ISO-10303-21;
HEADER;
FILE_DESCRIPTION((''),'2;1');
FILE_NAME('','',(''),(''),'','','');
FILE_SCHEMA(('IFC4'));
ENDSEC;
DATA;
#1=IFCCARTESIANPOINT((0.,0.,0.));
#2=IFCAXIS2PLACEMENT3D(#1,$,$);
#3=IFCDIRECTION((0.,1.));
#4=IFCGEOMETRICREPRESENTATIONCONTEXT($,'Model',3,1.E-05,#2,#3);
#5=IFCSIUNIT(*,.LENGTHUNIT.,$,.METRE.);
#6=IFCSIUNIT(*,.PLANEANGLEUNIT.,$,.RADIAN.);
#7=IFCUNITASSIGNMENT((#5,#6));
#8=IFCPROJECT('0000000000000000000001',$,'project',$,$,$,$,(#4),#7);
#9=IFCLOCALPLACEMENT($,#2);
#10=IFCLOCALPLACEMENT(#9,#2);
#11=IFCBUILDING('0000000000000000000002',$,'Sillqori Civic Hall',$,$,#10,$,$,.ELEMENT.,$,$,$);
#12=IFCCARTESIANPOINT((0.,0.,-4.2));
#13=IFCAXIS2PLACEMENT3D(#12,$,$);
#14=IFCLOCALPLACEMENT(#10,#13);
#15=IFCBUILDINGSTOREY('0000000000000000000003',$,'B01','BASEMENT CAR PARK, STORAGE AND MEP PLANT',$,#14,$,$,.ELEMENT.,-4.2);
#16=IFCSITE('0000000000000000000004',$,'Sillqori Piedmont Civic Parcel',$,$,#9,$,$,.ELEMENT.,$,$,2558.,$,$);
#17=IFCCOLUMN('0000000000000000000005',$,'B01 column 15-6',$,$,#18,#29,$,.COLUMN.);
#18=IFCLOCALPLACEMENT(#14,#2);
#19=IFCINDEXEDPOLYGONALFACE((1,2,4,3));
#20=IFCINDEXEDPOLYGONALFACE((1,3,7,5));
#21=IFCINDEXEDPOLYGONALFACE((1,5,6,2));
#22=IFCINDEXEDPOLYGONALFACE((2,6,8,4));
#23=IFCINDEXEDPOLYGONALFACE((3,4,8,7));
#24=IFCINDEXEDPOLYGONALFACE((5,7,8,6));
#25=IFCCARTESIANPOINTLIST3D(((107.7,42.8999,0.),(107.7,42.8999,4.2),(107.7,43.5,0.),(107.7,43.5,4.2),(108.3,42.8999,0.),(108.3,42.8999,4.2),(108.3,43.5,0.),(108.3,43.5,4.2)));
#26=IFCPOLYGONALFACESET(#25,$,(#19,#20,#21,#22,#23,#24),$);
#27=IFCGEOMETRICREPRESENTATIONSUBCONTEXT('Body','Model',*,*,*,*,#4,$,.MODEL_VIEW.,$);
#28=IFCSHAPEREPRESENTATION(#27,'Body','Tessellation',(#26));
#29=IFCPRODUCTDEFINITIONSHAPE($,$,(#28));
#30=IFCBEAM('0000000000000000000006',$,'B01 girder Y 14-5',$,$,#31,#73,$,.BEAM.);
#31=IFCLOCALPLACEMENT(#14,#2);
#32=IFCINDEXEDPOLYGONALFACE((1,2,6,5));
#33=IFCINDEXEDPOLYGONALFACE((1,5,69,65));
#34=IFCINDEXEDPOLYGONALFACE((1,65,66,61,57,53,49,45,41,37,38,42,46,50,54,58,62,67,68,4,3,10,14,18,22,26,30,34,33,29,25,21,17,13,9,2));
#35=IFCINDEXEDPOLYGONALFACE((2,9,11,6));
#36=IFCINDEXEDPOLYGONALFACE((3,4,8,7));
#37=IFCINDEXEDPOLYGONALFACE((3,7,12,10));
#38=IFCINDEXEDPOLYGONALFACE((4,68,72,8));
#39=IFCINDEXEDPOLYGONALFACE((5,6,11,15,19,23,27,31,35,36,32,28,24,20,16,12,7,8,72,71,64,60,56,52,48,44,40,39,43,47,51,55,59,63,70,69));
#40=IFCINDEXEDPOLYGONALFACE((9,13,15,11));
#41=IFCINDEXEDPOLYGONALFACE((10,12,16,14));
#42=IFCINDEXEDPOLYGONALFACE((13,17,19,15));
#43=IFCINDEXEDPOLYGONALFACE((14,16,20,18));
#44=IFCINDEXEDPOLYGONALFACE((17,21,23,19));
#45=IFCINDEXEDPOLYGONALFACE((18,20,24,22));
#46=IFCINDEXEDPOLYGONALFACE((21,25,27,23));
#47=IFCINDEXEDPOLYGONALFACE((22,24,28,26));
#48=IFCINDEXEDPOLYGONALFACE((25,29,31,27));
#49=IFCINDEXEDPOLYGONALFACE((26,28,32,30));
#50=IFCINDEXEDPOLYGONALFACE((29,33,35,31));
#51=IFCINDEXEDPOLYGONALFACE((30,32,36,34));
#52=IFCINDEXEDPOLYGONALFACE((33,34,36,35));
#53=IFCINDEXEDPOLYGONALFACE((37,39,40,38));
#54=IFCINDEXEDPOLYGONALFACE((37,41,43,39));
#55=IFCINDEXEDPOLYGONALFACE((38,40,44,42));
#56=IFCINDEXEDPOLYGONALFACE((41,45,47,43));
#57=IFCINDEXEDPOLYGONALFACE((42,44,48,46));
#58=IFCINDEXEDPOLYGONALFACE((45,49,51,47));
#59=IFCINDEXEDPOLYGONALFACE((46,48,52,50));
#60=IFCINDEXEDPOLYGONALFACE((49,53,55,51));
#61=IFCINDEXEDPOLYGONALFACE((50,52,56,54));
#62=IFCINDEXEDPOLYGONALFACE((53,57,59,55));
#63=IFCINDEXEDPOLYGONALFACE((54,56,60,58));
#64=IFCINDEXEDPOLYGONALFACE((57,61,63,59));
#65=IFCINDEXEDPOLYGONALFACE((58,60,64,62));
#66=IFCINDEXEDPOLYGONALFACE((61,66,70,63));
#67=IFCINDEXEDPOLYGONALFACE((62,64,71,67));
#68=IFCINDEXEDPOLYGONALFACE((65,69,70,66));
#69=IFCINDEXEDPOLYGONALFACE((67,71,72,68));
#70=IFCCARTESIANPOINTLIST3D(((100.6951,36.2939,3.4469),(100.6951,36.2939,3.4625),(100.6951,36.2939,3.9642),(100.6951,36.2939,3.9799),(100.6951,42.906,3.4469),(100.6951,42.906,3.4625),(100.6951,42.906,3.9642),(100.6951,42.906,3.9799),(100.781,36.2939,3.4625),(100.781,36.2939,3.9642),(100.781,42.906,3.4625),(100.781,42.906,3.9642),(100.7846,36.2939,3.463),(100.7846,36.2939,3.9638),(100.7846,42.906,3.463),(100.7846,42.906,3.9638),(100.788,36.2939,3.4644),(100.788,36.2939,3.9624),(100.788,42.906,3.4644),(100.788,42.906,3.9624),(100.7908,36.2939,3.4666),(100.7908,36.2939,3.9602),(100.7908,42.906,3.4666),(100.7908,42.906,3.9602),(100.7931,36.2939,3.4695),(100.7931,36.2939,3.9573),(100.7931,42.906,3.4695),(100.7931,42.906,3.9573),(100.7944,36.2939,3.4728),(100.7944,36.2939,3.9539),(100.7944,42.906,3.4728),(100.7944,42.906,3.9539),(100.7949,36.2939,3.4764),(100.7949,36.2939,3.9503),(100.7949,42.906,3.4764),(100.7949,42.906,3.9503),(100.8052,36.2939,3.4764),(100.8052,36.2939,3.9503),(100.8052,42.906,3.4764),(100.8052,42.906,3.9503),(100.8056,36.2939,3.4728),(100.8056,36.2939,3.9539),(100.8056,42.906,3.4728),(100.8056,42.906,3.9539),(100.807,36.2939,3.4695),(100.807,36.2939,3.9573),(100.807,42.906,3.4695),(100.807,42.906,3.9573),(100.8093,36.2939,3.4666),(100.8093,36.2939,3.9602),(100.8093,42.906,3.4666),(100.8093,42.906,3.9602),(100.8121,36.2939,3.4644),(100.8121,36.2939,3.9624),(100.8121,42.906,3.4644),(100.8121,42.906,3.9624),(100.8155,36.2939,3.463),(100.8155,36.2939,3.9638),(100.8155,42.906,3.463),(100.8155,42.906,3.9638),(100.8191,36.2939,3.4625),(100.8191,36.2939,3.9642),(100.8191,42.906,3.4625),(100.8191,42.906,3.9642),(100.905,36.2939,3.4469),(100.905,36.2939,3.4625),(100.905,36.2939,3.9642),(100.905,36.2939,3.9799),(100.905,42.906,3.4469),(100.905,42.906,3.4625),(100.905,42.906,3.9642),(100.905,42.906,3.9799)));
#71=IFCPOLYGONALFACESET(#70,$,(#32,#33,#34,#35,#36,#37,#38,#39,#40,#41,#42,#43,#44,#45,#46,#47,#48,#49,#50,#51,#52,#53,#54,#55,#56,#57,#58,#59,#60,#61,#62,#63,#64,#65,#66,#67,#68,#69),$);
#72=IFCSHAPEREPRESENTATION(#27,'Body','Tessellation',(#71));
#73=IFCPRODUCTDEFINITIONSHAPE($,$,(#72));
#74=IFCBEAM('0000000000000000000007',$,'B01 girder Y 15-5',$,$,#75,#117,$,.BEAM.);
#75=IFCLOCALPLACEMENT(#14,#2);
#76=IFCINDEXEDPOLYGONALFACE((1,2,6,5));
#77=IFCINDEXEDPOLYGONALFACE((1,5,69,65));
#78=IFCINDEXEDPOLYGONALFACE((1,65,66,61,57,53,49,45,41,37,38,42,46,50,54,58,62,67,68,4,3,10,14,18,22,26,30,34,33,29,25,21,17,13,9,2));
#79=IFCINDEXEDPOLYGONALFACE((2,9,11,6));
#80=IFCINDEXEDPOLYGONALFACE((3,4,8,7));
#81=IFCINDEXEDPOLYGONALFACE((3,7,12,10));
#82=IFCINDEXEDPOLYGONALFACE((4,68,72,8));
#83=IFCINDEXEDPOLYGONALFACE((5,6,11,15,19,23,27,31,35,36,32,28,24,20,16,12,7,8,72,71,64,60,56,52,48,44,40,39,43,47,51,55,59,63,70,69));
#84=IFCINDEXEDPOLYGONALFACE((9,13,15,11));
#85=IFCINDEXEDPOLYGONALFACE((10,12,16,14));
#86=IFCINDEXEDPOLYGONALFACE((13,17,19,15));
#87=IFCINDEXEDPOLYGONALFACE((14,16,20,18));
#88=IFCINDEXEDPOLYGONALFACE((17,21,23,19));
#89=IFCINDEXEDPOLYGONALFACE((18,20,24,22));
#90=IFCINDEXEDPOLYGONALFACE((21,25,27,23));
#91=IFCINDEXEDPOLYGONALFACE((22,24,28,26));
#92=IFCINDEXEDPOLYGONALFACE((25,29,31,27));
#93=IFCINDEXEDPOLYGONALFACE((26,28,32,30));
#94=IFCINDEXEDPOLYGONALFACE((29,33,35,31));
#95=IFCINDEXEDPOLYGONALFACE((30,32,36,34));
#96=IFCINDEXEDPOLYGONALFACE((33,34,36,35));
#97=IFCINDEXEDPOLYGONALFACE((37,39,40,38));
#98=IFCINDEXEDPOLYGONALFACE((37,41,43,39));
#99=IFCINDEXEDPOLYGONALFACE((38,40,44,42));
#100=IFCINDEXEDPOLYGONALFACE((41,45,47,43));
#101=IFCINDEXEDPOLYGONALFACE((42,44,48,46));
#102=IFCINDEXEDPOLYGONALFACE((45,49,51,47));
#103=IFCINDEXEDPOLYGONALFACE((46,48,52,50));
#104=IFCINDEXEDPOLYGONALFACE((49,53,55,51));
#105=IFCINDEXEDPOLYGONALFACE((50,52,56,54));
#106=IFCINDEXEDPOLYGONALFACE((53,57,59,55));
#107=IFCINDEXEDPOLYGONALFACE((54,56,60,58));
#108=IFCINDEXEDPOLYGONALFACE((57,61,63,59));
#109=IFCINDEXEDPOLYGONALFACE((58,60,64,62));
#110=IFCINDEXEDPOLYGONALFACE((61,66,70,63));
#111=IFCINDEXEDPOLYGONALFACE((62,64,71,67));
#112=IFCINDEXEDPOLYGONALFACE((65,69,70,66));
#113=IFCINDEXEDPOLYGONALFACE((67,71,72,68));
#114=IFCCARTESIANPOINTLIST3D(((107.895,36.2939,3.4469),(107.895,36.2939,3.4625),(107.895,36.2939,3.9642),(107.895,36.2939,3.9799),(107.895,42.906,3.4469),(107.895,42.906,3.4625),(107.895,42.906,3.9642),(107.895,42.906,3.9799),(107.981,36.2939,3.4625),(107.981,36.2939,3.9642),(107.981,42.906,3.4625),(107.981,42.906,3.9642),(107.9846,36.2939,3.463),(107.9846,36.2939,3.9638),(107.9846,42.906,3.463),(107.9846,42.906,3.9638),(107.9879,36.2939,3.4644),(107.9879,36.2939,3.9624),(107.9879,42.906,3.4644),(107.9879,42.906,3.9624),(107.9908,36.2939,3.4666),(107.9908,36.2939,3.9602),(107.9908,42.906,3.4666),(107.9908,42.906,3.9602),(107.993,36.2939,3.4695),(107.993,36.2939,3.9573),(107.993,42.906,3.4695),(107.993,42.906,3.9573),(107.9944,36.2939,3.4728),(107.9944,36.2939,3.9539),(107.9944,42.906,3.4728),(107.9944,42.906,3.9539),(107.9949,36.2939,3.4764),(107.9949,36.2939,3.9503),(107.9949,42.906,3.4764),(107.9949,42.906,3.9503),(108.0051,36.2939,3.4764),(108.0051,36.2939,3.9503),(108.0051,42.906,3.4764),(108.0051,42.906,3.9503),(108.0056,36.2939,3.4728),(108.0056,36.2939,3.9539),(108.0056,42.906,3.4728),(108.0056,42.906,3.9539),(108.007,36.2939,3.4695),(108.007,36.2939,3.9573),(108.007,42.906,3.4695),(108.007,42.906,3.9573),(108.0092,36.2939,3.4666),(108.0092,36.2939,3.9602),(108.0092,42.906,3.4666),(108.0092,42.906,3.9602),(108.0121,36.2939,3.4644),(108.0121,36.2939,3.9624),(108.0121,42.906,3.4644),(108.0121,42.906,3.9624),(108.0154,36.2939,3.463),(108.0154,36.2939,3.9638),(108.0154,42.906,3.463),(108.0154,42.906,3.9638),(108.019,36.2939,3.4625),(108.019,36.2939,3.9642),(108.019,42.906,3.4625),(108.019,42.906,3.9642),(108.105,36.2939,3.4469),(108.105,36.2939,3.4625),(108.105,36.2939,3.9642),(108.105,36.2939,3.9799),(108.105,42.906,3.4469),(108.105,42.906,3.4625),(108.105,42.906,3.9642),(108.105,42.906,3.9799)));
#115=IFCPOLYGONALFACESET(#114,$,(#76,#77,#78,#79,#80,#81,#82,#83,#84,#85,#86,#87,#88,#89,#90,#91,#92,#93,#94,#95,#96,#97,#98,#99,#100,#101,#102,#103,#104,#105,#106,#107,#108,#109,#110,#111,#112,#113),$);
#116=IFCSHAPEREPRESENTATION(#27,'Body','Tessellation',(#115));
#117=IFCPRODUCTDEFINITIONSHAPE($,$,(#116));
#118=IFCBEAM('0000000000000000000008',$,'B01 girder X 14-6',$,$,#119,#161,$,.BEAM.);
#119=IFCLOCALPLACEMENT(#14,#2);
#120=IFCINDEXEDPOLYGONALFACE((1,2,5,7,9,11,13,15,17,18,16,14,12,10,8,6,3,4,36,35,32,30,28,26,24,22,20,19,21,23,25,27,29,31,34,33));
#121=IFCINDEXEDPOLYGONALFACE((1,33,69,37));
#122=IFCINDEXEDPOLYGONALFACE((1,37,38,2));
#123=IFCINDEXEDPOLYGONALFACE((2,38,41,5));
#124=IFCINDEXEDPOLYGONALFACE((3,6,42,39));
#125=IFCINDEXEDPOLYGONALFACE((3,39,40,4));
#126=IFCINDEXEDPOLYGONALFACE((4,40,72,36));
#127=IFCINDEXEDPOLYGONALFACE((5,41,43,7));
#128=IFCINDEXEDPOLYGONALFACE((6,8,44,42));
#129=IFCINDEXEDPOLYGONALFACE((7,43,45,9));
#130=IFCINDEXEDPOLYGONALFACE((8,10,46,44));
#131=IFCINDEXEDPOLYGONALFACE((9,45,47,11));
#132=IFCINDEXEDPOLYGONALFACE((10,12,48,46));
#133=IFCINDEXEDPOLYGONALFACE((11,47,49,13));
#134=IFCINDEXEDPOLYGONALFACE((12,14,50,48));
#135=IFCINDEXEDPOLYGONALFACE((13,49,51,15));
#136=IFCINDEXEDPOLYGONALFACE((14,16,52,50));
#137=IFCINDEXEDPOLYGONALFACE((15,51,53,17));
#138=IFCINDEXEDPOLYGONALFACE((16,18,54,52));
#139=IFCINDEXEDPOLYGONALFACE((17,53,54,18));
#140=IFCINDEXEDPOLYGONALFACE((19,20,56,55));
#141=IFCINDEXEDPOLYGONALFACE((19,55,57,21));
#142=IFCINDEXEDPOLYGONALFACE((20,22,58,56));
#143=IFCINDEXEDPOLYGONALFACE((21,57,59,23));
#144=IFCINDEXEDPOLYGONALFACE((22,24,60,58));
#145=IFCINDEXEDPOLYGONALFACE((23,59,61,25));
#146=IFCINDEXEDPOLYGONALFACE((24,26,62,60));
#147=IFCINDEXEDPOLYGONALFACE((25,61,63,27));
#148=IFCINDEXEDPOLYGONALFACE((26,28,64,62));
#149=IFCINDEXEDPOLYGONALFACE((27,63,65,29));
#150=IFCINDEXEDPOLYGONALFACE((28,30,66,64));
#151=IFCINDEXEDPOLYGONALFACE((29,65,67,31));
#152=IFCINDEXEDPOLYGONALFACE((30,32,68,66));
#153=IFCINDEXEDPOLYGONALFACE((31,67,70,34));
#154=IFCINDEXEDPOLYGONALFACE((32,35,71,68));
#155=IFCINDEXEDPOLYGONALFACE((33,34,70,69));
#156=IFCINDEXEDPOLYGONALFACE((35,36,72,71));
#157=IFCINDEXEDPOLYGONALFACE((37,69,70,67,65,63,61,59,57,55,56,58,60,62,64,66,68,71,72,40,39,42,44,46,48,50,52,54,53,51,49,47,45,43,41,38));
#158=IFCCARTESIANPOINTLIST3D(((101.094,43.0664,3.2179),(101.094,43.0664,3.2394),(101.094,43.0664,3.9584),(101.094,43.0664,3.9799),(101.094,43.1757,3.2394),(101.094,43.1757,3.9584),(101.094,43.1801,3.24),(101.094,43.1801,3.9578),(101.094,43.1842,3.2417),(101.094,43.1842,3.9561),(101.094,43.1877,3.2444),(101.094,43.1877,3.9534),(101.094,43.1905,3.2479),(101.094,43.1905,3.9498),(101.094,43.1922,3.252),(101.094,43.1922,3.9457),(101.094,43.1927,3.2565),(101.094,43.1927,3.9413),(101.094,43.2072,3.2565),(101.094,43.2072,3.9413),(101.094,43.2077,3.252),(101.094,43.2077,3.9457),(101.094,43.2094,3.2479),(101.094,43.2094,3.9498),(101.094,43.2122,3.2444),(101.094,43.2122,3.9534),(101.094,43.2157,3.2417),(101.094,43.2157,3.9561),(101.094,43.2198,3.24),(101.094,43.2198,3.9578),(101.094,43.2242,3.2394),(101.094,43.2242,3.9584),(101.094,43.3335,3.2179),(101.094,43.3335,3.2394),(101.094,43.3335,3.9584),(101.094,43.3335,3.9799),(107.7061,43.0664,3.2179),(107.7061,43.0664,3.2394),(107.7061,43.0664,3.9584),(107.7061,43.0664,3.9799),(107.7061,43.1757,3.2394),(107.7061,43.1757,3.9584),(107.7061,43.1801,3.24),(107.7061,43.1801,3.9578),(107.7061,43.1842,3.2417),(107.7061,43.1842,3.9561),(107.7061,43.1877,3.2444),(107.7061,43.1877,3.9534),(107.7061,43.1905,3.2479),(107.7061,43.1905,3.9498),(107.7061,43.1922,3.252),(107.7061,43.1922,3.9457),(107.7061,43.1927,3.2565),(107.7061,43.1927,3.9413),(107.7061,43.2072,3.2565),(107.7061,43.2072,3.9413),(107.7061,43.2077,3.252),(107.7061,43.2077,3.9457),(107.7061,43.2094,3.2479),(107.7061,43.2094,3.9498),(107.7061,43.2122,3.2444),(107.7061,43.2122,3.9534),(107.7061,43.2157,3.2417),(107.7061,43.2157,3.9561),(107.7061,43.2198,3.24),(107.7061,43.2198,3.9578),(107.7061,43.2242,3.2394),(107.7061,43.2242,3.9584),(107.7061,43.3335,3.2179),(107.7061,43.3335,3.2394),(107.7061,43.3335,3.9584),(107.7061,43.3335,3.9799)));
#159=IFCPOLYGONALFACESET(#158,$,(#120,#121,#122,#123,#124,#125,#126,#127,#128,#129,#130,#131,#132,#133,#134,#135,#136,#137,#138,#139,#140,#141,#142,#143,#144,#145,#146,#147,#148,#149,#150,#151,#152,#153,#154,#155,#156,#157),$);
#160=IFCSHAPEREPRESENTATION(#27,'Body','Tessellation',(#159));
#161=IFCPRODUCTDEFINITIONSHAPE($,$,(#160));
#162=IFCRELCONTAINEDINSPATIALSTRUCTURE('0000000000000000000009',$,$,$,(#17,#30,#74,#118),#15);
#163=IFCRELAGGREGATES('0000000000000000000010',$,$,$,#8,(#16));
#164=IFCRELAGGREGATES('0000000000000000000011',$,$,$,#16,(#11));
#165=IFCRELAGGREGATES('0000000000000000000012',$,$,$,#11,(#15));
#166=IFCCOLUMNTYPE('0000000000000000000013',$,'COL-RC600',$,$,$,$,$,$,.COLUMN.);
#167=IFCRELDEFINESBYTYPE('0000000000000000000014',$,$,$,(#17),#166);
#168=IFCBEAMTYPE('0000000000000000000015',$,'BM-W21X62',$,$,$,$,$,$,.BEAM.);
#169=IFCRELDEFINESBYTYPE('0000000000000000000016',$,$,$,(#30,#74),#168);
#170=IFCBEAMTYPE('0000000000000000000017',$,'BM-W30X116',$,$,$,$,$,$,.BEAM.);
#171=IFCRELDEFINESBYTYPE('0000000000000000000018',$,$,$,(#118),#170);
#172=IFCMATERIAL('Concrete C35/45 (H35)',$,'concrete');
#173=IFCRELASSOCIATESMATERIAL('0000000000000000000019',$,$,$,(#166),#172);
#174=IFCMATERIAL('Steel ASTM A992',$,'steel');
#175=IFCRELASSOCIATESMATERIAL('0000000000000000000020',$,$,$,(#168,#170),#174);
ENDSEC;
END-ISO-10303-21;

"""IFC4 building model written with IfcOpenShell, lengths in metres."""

from ifc_helpers import new_model, si_unit, direction, frame, origin, origin_2d, place, context, subcontext, project, spatial, rectangle, i_section, extrude, material, material_profile, profile_set, type_object, element, save


model = new_model("IFC4")

# Units and contexts
model_context = context("Model", 3, precision=1e-05, world=origin(), true_north=direction((0.0, 1.0)))
body_context = subcontext(model_context, "Body", "Model", "MODEL_VIEW")
ifc_project = project(units=[si_unit("LENGTHUNIT", "METRE"), si_unit("PLANEANGLEUNIT", "RADIAN")], contexts=[model_context])

# Site, building, storey
site_placement = place(None, origin())
site = spatial("IfcSite", under=ifc_project, at=site_placement, Name="Sillqori Piedmont Civic Parcel", CompositionType="ELEMENT", RefElevation=2558.0)
building_placement = place(site_placement, origin())
building = spatial("IfcBuilding", under=site, at=building_placement, Name="Sillqori Civic Hall", CompositionType="ELEMENT")
storey_placement = place(building_placement, frame((0.0, 0.0, -4.2)))
storey = spatial("IfcBuildingStorey", under=building, at=storey_placement, Name="B01", Description="BASEMENT CAR PARK, STORAGE AND MEP PLANT", CompositionType="ELEMENT", Elevation=-4.2)

# Shared definitions
ifc_material_1 = material(Name="Concrete C35/45 (H35)", Category="concrete")

# Column
ifc_material_profile_1 = material_profile(ifc_material_1, rectangle(XDim=0.6001, YDim=0.6001, at=origin_2d()), Name="RC 600x600")
ifc_profile_set_1 = profile_set([ifc_material_profile_1], Name="Concrete C35/45 (H35)")
column_type = type_object("IfcColumnType", Name="COL-RC600", PredefinedType="COLUMN", material=ifc_profile_set_1)
for number, where, z_axis, x_axis, name in (
    (1, (108.0, 43.2, 0.0), (0.0, 0.0, 1.0), (1.0, 0.0, 0.0), "B01 column 15-6"),
):
    element("IfcColumn", number, at=place(storey_placement, frame(where, z_axis=z_axis, x_axis=x_axis)), inside=storey, type_object=column_type, Name=name, PredefinedType="COLUMN", context=body_context, shape_type="SweptSolid", body=[
        extrude(rectangle(XDim=0.6001, YDim=0.6001, at=origin_2d()), origin(), (0.0, 0.0, 1.0), 4.2),
    ])

# Beams
ifc_material_2 = material(Name="Steel ASTM A992", Category="steel")
ifc_material_profile_2 = material_profile(ifc_material_2, i_section(OverallWidth=0.21, OverallDepth=0.533, WebThickness=0.0103, FlangeThickness=0.0156, FilletRadius=0.0139, at=origin_2d()), Name="W21X62")
ifc_profile_set_2 = profile_set([ifc_material_profile_2], Name="Steel ASTM A992")
beam_type_1 = type_object("IfcBeamType", Name="BM-W21X62", PredefinedType="BEAM", material=ifc_profile_set_2)
for number, where, z_axis, x_axis, name in (
    (2, (100.8, 36.2939, 3.7134), (0.0, 1.0, 0.0), (-1.0, 0.0, 0.0), "B01 girder Y 14-5"),
    (3, (108.0, 36.2939, 3.7134), (0.0, 1.0, 0.0), (-1.0, 0.0, 0.0), "B01 girder Y 15-5"),
):
    element("IfcBeam", number, at=place(storey_placement, frame(where, z_axis=z_axis, x_axis=x_axis)), inside=storey, type_object=beam_type_1, Name=name, PredefinedType="BEAM", context=body_context, shape_type="SweptSolid", body=[
        extrude(i_section(OverallWidth=0.21, OverallDepth=0.533, WebThickness=0.0103, FlangeThickness=0.0156, FilletRadius=0.0139, at=origin_2d()), origin(), (0.0, 0.0, 1.0), 6.6121),
    ])
ifc_material_profile_3 = material_profile(ifc_material_2, i_section(OverallWidth=0.2671, OverallDepth=0.762, WebThickness=0.0144, FlangeThickness=0.0215, FilletRadius=0.0171, at=origin_2d()), Name="W30X116")
ifc_profile_set_3 = profile_set([ifc_material_profile_3], Name="Steel ASTM A992")
beam_type_2 = type_object("IfcBeamType", Name="BM-W30X116", PredefinedType="BEAM", material=ifc_profile_set_3)
beam_1_placement = place(storey_placement, frame((101.094, 43.2, 3.5989), z_axis=(1.0, 0.0, 0.0), x_axis=(0.0, 1.0, 0.0)))
element("IfcBeam", 4, at=beam_1_placement, inside=storey, type_object=beam_type_2, Name="B01 girder X 14-6", PredefinedType="BEAM", context=body_context, shape_type="SweptSolid", body=[
    extrude(i_section(OverallWidth=0.2671, OverallDepth=0.762, WebThickness=0.0144, FlangeThickness=0.0215, FilletRadius=0.0171, at=origin_2d()), origin(), (0.0, 0.0, 1.0), 6.6121),
])

save(model, "model.ifc")
